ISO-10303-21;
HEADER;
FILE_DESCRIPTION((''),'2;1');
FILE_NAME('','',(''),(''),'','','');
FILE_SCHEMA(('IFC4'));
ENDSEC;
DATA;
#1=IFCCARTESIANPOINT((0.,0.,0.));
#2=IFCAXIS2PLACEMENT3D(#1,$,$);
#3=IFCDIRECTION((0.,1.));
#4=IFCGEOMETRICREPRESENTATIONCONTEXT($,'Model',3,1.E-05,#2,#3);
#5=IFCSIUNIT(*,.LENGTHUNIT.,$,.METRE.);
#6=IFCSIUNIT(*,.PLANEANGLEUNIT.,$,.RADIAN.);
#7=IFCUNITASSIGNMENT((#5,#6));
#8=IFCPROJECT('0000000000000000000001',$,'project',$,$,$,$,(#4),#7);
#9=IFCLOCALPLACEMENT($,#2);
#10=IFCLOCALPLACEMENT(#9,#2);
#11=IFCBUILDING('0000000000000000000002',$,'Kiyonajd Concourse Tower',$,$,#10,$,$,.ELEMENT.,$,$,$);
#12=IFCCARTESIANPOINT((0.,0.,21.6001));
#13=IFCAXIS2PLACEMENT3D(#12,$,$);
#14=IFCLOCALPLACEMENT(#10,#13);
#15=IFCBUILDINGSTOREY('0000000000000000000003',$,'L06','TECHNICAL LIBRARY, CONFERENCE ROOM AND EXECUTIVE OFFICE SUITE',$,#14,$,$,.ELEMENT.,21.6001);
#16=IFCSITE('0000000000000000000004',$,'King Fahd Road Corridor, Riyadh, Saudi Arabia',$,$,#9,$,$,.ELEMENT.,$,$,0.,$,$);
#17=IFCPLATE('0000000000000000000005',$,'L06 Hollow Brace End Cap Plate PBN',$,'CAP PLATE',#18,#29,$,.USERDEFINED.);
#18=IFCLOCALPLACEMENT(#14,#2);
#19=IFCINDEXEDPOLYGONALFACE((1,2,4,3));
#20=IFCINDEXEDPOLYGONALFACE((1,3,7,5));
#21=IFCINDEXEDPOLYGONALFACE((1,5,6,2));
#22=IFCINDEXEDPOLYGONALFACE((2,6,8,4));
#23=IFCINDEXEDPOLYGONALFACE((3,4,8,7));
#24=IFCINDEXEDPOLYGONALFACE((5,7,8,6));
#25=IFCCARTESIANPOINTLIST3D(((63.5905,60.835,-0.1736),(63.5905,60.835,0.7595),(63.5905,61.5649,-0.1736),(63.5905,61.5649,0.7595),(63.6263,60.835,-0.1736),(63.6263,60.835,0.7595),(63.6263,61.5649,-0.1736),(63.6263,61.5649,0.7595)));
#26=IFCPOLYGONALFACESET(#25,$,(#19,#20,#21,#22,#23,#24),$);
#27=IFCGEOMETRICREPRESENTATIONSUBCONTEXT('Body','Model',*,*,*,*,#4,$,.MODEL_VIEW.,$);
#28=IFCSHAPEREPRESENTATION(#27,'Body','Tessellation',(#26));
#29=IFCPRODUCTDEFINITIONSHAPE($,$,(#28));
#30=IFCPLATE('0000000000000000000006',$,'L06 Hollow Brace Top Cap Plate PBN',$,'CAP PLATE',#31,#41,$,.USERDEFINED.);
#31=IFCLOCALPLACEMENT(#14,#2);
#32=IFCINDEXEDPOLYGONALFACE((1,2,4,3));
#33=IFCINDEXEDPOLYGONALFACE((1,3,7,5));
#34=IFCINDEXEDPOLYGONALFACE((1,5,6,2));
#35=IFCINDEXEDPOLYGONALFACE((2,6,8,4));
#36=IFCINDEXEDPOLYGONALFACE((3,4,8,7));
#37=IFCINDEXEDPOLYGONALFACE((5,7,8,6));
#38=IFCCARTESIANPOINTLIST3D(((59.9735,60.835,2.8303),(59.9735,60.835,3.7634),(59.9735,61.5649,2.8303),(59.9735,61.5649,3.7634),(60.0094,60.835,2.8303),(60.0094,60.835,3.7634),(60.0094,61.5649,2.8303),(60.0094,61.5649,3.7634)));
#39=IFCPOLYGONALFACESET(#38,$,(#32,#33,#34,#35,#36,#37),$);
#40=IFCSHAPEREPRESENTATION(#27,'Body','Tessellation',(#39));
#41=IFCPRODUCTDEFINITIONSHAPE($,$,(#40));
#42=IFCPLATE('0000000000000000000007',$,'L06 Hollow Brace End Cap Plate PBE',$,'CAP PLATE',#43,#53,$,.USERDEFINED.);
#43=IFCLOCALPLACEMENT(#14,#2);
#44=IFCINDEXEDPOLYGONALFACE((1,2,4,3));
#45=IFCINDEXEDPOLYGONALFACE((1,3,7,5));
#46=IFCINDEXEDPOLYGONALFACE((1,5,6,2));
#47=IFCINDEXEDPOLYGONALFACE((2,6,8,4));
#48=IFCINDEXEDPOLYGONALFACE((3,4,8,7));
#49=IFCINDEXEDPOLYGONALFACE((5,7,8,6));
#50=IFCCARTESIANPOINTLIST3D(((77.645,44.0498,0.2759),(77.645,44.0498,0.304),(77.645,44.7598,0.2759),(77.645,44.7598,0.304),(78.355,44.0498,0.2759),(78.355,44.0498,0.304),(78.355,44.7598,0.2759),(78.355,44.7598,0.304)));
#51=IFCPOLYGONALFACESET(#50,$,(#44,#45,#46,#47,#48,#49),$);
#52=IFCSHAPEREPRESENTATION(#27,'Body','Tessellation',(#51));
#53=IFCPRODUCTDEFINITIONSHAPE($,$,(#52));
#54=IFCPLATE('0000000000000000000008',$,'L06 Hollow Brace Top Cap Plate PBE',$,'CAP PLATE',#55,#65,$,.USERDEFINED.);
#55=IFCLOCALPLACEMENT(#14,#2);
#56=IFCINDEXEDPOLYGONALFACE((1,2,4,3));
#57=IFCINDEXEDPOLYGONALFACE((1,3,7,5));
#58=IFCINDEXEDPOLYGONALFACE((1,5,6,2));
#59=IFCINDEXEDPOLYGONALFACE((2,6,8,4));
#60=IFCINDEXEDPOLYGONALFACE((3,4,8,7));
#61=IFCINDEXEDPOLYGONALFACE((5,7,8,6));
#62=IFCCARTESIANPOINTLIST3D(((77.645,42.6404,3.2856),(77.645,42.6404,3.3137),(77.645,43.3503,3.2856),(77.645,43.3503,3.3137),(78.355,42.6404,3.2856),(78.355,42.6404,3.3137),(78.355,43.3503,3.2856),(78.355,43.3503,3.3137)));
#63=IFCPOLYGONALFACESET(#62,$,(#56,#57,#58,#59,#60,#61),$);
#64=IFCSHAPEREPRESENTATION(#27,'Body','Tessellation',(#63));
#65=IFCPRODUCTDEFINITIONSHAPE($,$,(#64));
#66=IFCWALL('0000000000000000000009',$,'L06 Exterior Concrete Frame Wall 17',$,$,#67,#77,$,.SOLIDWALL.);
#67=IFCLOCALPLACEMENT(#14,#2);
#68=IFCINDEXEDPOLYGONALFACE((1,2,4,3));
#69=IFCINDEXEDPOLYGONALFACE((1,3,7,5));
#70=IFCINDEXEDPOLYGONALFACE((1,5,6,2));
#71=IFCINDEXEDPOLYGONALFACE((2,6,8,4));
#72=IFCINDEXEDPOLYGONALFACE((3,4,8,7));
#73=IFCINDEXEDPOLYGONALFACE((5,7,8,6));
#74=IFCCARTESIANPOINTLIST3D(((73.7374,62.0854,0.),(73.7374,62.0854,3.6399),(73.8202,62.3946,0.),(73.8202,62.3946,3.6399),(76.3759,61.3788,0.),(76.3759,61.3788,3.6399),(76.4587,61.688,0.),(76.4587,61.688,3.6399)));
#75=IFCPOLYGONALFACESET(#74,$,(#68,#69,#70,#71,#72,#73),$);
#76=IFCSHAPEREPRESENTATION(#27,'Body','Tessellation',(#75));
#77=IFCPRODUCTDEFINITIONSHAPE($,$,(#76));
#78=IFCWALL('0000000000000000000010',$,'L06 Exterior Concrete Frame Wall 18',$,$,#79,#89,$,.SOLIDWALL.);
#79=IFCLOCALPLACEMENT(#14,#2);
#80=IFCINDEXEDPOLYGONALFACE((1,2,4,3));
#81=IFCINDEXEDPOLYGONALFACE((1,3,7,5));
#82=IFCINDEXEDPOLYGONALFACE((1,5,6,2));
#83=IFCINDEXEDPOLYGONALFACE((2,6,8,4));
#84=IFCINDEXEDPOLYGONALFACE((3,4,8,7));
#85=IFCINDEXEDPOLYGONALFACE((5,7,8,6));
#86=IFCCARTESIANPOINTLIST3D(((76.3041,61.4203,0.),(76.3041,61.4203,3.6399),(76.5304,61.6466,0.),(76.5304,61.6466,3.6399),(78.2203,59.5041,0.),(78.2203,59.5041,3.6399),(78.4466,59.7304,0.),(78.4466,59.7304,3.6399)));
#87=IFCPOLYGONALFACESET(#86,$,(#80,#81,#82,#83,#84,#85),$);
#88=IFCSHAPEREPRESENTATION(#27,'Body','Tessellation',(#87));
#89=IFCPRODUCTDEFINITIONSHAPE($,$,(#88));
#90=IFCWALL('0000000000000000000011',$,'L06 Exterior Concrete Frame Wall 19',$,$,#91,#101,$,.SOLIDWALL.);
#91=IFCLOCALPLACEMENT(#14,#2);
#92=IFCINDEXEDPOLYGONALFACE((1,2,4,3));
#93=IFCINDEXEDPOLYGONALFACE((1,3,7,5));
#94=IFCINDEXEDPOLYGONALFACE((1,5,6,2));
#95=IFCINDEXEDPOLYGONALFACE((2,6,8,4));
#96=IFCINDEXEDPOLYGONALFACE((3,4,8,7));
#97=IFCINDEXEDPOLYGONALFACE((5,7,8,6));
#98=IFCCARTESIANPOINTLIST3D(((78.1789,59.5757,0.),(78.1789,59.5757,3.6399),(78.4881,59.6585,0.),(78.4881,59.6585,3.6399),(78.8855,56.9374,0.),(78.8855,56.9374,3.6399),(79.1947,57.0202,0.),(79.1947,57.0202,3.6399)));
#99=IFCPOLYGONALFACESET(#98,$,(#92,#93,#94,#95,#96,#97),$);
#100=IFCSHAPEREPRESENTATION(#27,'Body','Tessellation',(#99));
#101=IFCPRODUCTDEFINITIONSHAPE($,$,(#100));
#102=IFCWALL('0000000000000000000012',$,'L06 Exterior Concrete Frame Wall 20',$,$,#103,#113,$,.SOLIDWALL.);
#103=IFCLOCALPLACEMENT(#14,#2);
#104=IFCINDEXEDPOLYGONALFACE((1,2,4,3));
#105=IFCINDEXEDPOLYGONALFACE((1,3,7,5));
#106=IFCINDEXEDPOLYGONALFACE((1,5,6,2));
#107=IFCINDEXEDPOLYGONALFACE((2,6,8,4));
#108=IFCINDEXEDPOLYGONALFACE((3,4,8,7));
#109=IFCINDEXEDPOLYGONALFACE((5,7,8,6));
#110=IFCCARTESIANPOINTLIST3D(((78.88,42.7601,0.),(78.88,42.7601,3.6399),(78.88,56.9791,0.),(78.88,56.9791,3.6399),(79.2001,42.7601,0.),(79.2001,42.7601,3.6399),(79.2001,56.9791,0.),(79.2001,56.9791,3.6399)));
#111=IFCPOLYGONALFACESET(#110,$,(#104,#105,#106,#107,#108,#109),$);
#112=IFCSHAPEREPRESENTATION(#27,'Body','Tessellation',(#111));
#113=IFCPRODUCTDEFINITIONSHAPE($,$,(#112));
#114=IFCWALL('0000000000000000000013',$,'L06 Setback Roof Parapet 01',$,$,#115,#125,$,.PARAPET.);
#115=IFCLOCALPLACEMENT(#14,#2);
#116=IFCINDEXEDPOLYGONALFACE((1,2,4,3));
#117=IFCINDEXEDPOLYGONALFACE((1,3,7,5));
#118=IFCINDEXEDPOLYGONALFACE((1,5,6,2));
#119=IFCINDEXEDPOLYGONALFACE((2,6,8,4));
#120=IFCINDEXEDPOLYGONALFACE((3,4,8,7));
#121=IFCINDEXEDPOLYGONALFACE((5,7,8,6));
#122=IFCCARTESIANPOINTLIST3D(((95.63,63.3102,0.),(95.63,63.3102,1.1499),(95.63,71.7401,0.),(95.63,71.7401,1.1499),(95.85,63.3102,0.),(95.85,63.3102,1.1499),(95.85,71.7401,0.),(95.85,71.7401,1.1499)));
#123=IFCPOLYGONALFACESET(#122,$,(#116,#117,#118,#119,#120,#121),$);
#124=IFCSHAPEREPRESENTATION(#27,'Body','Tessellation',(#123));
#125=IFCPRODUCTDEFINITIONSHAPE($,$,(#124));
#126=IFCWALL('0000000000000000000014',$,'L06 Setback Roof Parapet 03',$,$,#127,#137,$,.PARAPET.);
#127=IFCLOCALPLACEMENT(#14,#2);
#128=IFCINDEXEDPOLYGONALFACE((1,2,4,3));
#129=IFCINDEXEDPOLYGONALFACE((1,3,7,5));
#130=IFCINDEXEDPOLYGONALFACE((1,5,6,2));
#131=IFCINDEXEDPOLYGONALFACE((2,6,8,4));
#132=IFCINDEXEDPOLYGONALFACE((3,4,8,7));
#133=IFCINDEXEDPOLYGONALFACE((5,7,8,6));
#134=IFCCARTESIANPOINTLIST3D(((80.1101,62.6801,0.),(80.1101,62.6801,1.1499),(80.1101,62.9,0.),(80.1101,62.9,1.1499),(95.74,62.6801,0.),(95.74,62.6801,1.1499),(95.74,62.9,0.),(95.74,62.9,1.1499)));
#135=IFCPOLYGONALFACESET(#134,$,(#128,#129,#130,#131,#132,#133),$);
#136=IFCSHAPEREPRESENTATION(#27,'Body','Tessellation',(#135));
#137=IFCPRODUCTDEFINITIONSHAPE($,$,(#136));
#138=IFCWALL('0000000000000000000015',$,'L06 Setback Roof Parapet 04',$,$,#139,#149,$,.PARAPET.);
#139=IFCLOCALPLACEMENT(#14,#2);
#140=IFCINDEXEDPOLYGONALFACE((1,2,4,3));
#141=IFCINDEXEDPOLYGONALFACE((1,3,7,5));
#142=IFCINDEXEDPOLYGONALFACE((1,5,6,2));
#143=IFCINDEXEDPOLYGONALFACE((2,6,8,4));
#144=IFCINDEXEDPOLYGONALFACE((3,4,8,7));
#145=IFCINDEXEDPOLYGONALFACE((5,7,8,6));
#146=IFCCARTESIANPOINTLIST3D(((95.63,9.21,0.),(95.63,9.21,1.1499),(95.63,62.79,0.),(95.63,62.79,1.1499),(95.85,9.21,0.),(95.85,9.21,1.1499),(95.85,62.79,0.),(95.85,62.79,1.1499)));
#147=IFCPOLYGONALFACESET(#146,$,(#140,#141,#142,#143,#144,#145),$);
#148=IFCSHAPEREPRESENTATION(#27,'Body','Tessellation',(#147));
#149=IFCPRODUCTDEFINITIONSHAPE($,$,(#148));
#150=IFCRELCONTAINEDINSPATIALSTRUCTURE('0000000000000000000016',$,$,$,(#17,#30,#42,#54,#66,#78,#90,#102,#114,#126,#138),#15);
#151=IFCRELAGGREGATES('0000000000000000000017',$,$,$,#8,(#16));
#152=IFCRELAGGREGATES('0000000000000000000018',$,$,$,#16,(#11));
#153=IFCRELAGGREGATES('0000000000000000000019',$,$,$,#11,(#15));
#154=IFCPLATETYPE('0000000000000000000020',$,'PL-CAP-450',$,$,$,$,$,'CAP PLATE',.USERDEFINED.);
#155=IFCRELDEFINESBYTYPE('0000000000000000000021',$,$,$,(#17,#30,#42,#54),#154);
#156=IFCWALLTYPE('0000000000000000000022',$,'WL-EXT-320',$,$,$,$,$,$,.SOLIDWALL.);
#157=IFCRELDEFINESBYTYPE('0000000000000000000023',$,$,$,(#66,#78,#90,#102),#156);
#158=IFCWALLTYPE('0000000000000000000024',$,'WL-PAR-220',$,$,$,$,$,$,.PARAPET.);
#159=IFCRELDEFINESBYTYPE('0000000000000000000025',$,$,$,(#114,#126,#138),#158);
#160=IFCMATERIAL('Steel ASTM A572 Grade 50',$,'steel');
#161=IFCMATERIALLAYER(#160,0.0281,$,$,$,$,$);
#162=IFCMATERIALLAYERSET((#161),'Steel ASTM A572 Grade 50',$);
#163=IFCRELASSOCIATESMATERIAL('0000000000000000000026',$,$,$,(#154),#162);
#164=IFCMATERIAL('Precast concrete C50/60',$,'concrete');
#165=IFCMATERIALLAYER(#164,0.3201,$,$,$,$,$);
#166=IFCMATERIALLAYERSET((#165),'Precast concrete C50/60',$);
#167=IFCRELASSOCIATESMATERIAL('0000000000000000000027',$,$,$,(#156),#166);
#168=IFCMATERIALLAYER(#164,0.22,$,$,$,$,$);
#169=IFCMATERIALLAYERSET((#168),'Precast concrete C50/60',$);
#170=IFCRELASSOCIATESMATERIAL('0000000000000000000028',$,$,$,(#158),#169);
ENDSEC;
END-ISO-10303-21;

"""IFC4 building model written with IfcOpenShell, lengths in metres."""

from ifc_helpers import new_model, si_unit, direction, frame, frame_2d, origin, origin_2d, place, context, subcontext, project, spatial, rectangle, extrude, material, layer, layer_set, type_object, element, save


model = new_model("IFC4")

# Units and contexts
model_context = context("Model", 3, precision=1e-05, world=origin(), true_north=direction((0.0, 1.0)))
body_context = subcontext(model_context, "Body", "Model", "MODEL_VIEW")
ifc_project = project(units=[si_unit("LENGTHUNIT", "METRE"), si_unit("PLANEANGLEUNIT", "RADIAN")], contexts=[model_context])

# Site, building, storey
site_placement = place(None, origin())
site = spatial("IfcSite", under=ifc_project, at=site_placement, Name="King Fahd Road Corridor, Riyadh, Saudi Arabia", CompositionType="ELEMENT", RefElevation=0.0)
building_placement = place(site_placement, origin())
building = spatial("IfcBuilding", under=site, at=building_placement, Name="Kiyonajd Concourse Tower", CompositionType="ELEMENT")
storey_placement = place(building_placement, frame((0.0, 0.0, 21.6001)))
storey = spatial("IfcBuildingStorey", under=building, at=storey_placement, Name="L06", Description="TECHNICAL LIBRARY, CONFERENCE ROOM AND EXECUTIVE OFFICE SUITE", CompositionType="ELEMENT", Elevation=21.6001)

# Shared definitions
ifc_material_1 = material(Name="Precast concrete C50/60", Category="concrete")

# Shared definitions
ifc_material_2 = material(Name="Steel ASTM A572 Grade 50", Category="steel")

# Plates
ifc_layer_1 = layer(ifc_material_2, 0.0281)
ifc_layer_set_1 = layer_set([ifc_layer_1], Name="Steel ASTM A572 Grade 50")
plate_type = type_object("IfcPlateType", Name="PL-CAP-450", ElementType="CAP PLATE", PredefinedType="USERDEFINED", material=ifc_layer_set_1)
for number, where, z_axis, x_axis, name in (
    (1, (63.6084, 61.2, -0.1736), (0.0, 0.0, 1.0), (1.0, 0.0, 0.0), "L06 Hollow Brace End Cap Plate PBN"),
    (2, (59.9915, 61.2, 2.8303), (0.0, 0.0, 1.0), (-1.0, 0.0, 0.0), "L06 Hollow Brace Top Cap Plate PBN"),
):
    element("IfcPlate", number, at=place(storey_placement, frame(where, z_axis=z_axis, x_axis=x_axis)), inside=storey, type_object=plate_type, Name=name, ObjectType="CAP PLATE", PredefinedType="USERDEFINED", context=body_context, shape_type="SweptSolid", body=[
        extrude(rectangle(XDim=0.0359, YDim=0.73, at=origin_2d()), origin(), (0.0, 0.0, 1.0), 0.9331),
    ])
for number, where, z_axis, x_axis, name in (
    (3, (78.0, 44.4048, 0.2759), (0.0, 0.0, 1.0), (1.0, 0.0, 0.0), "L06 Hollow Brace End Cap Plate PBE"),
    (4, (78.0, 42.9954, 3.2856), (0.0, 0.0, 1.0), (1.0, 0.0, 0.0), "L06 Hollow Brace Top Cap Plate PBE"),
):
    element("IfcPlate", number, at=place(storey_placement, frame(where, z_axis=z_axis, x_axis=x_axis)), inside=storey, type_object=plate_type, Name=name, ObjectType="CAP PLATE", PredefinedType="USERDEFINED", context=body_context, shape_type="SweptSolid", body=[
        extrude(rectangle(XDim=0.71, YDim=0.71, at=origin_2d()), origin(), (0.0, 0.0, 1.0), 0.0281),
    ])

# Walls
ifc_layer_2 = layer(ifc_material_1, 0.3201)
ifc_layer_set_2 = layer_set([ifc_layer_2], Name="Precast concrete C50/60")
wall_type_1 = type_object("IfcWallType", Name="WL-EXT-320", PredefinedType="SOLIDWALL", material=ifc_layer_set_2)
wall_1_placement = place(storey_placement, frame((73.7788, 62.24, 0.0), z_axis=(0.0, 0.0, 1.0), x_axis=(0.965964, -0.258675, 0.0)))
element("IfcWall", 5, at=wall_1_placement, inside=storey, type_object=wall_type_1, Name="L06 Exterior Concrete Frame Wall 17", PredefinedType="SOLIDWALL", context=body_context, shape_type="SweptSolid", body=[
    extrude(rectangle(XDim=2.7314, YDim=0.3201, at=frame_2d((1.3657, 0.0))), origin(), (0.0, 0.0, 1.0), 3.6399),
])
wall_2_placement = place(storey_placement, frame((76.4172, 61.5334, 0.0), z_axis=(0.0, 0.0, 1.0), x_axis=(0.707107, -0.707107, 0.0)))
element("IfcWall", 6, at=wall_2_placement, inside=storey, type_object=wall_type_1, Name="L06 Exterior Concrete Frame Wall 18", PredefinedType="SOLIDWALL", context=body_context, shape_type="SweptSolid", body=[
    extrude(rectangle(XDim=2.71, YDim=0.3201, at=frame_2d((1.355, 0.0))), origin(), (0.0, 0.0, 1.0), 3.6399),
])
wall_3_placement = place(storey_placement, frame((78.3335, 59.6172, 0.0), z_axis=(0.0, 0.0, 1.0), x_axis=(0.258697, -0.965958, 0.0)))
element("IfcWall", 7, at=wall_3_placement, inside=storey, type_object=wall_type_1, Name="L06 Exterior Concrete Frame Wall 19", PredefinedType="SOLIDWALL", context=body_context, shape_type="SweptSolid", body=[
    extrude(rectangle(XDim=2.7312, YDim=0.3201, at=frame_2d((1.3657, 0.0))), origin(), (0.0, 0.0, 1.0), 3.6399),
])
wall_4_placement = place(storey_placement, frame((79.04, 56.979, 0.0), z_axis=(0.0, 0.0, 1.0), x_axis=(0.0, -1.0, 0.0)))
element("IfcWall", 8, at=wall_4_placement, inside=storey, type_object=wall_type_1, Name="L06 Exterior Concrete Frame Wall 20", PredefinedType="SOLIDWALL", context=body_context, shape_type="SweptSolid", body=[
    extrude(rectangle(XDim=14.219, YDim=0.3201, at=frame_2d((7.1094, 0.0))), origin(), (0.0, 0.0, 1.0), 3.6399),
])
ifc_layer_3 = layer(ifc_material_1, 0.22)
ifc_layer_set_3 = layer_set([ifc_layer_3], Name="Precast concrete C50/60")
wall_type_2 = type_object("IfcWallType", Name="WL-PAR-220", PredefinedType="PARAPET", material=ifc_layer_set_3)
wall_5_placement = place(storey_placement, frame((95.74, 71.74, 0.0), z_axis=(0.0, 0.0, 1.0), x_axis=(0.0, -1.0, 0.0)))
element("IfcWall", 9, at=wall_5_placement, inside=storey, type_object=wall_type_2, Name="L06 Setback Roof Parapet 01", PredefinedType="PARAPET", context=body_context, shape_type="SweptSolid", body=[
    extrude(rectangle(XDim=8.4299, YDim=0.22, at=frame_2d((4.2148, 0.0))), origin(), (0.0, 0.0, 1.0), 1.1499),
])
wall_6_placement = place(storey_placement, frame((80.1101, 62.79, 0.0), z_axis=(0.0, 0.0, 1.0), x_axis=(1.0, 0.0, 0.0)))
element("IfcWall", 10, at=wall_6_placement, inside=storey, type_object=wall_type_2, Name="L06 Setback Roof Parapet 03", PredefinedType="PARAPET", context=body_context, shape_type="SweptSolid", body=[
    extrude(rectangle(XDim=15.6299, YDim=0.22, at=frame_2d((7.8149, 0.0))), origin(), (0.0, 0.0, 1.0), 1.1499),
])
wall_7_placement = place(storey_placement, frame((95.74, 62.79, 0.0), z_axis=(0.0, 0.0, 1.0), x_axis=(0.0, -1.0, 0.0)))
element("IfcWall", 11, at=wall_7_placement, inside=storey, type_object=wall_type_2, Name="L06 Setback Roof Parapet 04", PredefinedType="PARAPET", context=body_context, shape_type="SweptSolid", body=[
    extrude(rectangle(XDim=53.5801, YDim=0.22, at=frame_2d((26.79, 0.0))), origin(), (0.0, 0.0, 1.0), 1.1499),
])

save(model, "model.ifc")
